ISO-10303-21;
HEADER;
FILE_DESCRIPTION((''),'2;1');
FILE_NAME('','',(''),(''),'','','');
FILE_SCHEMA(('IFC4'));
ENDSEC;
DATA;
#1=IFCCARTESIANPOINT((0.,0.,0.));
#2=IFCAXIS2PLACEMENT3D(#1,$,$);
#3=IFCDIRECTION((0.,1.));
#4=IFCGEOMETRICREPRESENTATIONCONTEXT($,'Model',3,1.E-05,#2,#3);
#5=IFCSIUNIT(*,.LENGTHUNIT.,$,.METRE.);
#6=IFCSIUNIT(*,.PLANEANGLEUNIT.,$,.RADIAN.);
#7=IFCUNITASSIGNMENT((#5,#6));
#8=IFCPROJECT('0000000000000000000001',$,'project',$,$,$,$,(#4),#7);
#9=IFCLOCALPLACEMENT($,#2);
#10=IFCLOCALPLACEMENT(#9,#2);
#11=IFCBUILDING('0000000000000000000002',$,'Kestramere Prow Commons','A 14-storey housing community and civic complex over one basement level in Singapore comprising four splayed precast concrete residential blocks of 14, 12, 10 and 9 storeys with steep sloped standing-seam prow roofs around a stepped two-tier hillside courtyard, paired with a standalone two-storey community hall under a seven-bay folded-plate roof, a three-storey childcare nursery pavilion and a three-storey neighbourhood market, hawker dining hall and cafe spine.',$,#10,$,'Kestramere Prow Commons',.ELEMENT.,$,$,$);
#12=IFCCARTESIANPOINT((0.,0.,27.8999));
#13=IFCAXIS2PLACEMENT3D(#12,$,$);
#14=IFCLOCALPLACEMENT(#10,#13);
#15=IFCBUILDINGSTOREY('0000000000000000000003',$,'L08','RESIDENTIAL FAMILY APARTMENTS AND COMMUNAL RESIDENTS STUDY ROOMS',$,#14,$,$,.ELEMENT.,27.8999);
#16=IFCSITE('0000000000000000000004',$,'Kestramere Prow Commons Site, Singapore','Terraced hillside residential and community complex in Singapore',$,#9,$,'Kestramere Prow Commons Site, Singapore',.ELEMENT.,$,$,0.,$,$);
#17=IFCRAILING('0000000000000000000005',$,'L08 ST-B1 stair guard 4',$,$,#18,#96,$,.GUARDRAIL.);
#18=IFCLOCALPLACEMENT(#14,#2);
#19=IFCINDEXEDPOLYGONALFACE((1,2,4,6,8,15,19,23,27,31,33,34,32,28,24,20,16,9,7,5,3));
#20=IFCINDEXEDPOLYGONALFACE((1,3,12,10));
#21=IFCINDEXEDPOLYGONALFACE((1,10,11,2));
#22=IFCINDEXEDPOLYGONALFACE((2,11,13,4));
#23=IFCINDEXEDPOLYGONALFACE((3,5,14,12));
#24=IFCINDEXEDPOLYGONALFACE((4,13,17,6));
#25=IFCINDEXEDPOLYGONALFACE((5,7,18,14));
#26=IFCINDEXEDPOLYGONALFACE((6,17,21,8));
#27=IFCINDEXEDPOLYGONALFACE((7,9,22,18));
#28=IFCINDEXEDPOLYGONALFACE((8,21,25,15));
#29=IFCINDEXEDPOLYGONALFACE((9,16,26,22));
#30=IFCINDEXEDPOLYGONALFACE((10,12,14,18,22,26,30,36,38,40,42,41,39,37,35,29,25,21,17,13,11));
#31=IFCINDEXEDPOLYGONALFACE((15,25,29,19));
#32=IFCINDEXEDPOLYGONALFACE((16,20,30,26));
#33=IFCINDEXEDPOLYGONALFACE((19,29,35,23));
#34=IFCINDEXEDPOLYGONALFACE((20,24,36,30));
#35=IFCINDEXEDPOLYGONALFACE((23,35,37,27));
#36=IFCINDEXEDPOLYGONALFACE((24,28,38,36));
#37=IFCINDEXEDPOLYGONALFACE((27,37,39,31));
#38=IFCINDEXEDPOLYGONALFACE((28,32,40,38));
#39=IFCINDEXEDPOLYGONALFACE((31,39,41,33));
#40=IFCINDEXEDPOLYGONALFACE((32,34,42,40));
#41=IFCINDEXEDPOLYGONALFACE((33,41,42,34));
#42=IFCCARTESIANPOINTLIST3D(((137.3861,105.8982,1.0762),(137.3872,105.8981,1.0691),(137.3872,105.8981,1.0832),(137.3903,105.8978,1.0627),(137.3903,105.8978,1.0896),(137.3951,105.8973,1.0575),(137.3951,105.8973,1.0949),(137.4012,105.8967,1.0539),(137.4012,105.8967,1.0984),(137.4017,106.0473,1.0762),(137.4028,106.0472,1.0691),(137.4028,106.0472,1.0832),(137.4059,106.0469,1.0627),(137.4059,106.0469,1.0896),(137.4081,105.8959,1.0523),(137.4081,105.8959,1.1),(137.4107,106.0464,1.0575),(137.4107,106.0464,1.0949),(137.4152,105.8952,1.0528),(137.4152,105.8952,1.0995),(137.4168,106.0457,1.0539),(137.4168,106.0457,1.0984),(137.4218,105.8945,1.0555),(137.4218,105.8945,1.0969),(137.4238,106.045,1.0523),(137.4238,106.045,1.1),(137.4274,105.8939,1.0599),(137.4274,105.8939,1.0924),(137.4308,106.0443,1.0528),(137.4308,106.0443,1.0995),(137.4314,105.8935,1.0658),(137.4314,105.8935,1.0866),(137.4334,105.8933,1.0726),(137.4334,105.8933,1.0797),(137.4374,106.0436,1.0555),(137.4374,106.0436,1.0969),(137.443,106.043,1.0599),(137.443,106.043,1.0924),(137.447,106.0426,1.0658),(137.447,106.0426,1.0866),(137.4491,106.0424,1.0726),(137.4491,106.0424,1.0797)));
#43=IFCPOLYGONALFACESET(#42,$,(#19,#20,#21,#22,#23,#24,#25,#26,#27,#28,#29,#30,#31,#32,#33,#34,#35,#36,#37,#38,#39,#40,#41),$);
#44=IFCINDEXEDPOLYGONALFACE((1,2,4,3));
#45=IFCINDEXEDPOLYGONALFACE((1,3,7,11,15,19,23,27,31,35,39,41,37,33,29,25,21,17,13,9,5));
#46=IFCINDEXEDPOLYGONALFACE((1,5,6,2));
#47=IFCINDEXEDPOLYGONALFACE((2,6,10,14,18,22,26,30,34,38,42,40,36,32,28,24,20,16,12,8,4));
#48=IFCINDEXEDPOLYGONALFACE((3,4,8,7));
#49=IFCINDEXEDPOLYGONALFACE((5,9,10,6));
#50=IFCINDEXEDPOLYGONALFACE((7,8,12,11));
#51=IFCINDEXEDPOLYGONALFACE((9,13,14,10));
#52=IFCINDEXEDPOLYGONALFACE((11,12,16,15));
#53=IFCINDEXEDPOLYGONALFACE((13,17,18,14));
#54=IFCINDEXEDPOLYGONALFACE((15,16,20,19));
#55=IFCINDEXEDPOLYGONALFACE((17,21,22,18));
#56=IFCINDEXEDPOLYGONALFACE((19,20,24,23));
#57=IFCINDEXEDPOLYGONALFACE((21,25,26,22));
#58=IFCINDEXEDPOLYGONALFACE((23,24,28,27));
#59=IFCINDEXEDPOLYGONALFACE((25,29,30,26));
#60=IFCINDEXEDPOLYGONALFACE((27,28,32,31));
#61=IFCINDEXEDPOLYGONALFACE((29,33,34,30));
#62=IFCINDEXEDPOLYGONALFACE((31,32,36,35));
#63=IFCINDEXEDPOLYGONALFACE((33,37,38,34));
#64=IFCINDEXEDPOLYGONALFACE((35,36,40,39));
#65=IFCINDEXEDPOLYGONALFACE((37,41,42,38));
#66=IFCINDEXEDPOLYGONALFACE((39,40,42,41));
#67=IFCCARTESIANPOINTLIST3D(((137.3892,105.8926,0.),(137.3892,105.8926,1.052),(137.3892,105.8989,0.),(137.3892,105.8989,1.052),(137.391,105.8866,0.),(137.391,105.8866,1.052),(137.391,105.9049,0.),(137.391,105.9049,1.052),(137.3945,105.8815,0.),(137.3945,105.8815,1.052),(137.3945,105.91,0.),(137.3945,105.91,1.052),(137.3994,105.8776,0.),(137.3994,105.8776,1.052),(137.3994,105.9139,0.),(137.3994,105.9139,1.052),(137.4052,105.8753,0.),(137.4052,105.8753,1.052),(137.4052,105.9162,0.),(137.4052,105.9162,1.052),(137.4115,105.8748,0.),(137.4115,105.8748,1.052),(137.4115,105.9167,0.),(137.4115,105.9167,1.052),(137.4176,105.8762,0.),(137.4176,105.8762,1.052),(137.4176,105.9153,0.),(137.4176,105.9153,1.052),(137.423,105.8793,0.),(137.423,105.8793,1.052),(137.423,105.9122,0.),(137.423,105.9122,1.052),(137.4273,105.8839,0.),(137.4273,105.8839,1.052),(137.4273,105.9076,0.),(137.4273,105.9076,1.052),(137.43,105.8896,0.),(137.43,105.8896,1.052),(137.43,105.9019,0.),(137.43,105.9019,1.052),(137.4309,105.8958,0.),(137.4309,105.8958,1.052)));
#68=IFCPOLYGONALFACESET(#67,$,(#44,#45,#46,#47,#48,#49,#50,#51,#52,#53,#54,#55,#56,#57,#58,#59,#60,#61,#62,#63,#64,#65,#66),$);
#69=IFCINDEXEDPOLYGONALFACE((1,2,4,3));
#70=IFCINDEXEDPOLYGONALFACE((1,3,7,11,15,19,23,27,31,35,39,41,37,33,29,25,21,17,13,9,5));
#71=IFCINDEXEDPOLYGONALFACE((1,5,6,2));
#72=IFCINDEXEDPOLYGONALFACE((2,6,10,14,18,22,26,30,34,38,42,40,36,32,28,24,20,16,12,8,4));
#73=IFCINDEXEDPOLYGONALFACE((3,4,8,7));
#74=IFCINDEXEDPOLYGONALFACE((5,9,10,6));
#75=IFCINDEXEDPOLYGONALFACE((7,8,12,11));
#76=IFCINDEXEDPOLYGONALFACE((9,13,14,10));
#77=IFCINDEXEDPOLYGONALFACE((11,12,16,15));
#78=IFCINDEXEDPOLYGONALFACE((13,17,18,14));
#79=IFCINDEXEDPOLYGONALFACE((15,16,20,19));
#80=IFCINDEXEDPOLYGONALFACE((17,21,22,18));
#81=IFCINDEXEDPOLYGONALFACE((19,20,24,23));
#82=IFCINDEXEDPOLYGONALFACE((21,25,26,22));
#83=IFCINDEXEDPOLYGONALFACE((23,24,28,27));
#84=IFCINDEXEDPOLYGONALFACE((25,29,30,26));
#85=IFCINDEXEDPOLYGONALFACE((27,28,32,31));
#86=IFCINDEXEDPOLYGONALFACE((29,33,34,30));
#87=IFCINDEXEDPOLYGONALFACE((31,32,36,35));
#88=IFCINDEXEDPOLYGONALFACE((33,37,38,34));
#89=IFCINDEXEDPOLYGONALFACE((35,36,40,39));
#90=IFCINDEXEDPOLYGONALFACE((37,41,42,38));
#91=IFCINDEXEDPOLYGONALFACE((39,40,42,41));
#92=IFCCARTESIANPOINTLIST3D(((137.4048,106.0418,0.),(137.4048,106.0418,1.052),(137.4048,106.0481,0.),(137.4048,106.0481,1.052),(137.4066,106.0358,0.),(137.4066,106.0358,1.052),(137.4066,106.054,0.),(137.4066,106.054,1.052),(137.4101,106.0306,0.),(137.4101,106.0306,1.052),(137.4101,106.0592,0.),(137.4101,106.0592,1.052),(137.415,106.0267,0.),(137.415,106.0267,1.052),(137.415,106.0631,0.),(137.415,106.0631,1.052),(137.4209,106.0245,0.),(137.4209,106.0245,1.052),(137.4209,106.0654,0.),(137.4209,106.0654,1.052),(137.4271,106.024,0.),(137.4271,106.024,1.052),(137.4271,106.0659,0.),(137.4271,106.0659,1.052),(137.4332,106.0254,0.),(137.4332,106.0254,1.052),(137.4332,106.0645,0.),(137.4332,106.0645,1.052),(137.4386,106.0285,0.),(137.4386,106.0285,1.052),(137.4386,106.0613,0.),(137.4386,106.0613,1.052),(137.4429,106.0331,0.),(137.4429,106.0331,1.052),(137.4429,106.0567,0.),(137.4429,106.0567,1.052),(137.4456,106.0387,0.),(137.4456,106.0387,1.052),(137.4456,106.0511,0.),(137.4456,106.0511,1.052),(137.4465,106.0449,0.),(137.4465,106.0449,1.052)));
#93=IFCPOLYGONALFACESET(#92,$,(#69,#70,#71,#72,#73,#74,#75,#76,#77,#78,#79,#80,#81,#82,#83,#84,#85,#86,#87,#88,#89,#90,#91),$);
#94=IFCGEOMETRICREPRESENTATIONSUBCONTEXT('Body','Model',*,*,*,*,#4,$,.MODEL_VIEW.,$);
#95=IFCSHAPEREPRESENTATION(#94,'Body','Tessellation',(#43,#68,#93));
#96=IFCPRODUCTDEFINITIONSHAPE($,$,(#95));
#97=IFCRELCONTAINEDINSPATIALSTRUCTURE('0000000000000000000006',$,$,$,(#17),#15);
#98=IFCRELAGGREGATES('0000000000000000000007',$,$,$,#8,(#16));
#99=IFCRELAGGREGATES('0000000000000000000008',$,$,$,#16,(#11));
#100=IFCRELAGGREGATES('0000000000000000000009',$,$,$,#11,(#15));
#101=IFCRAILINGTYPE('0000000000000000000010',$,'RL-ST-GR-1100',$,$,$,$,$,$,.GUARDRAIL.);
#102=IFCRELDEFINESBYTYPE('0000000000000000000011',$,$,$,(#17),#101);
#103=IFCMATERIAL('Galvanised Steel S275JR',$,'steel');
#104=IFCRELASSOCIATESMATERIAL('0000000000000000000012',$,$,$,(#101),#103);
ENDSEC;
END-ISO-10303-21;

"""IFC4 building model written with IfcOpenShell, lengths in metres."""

from ifc_helpers import new_model, si_unit, direction, frame, origin, origin_2d, place, context, subcontext, project, spatial, circle, extrude, material, type_object, element, save


model = new_model("IFC4")

# Units and contexts
model_context = context("Model", 3, precision=1e-05, world=origin(), true_north=direction((0.0, 1.0)))
body_context = subcontext(model_context, "Body", "Model", "MODEL_VIEW")
ifc_project = project(units=[si_unit("LENGTHUNIT", "METRE"), si_unit("PLANEANGLEUNIT", "RADIAN")], contexts=[model_context])

# Site, building, storey
site_placement = place(None, origin())
site = spatial("IfcSite", under=ifc_project, at=site_placement, Name="Kestramere Prow Commons Site, Singapore", Description="Terraced hillside residential and community complex in Singapore", LongName="Kestramere Prow Commons Site, Singapore", CompositionType="ELEMENT", RefElevation=0.0)
building_placement = place(site_placement, origin())
building = spatial("IfcBuilding", under=site, at=building_placement, Name="Kestramere Prow Commons", Description="A 14-storey housing community and civic complex over one basement level in Singapore comprising four splayed precast concrete residential blocks of 14, 12, 10 and 9 storeys with steep sloped standing-seam prow roofs around a stepped two-tier hillside courtyard, paired with a standalone two-storey community hall under a seven-bay folded-plate roof, a three-storey childcare nursery pavilion and a three-storey neighbourhood market, hawker dining hall and cafe spine.", LongName="Kestramere Prow Commons", CompositionType="ELEMENT")
storey_placement = place(building_placement, frame((0.0, 0.0, 27.8999)))
storey = spatial("IfcBuildingStorey", under=building, at=storey_placement, Name="L08", Description="RESIDENTIAL FAMILY APARTMENTS AND COMMUNAL RESIDENTS STUDY ROOMS", CompositionType="ELEMENT", Elevation=27.8999)

# Railing
ifc_material_1 = material(Name="Galvanised Steel S275JR", Category="steel")
railing_type_1 = type_object("IfcRailingType", Name="RL-ST-GR-1100", PredefinedType="GUARDRAIL", material=ifc_material_1)
railing_1_placement = place(storey_placement, frame((137.4099, 105.8958, 0.0)))
element("IfcRailing", 1, at=railing_1_placement, inside=storey, type_object=railing_type_1, Name="L08 ST-B1 stair guard 4", PredefinedType="GUARDRAIL", context=body_context, shape_type="SweptSolid", body=[
    extrude(circle(Radius=0.0239, at=origin_2d()), frame((0.0, 0.0, 1.0762), z_axis=(0.104176, 0.994559, 0.0), x_axis=(-0.994559, 0.104176, 0.0)), (0.0, 0.0, 1.0), 0.1499),
    extrude(circle(Radius=0.021, at=origin_2d()), origin(), (0.0, 0.0, 1.0), 1.052),
    extrude(circle(Radius=0.021, at=origin_2d()), frame((0.0156, 0.1492, 0.0)), (0.0, 0.0, 1.0), 1.052),
])

save(model, "model.ifc")
